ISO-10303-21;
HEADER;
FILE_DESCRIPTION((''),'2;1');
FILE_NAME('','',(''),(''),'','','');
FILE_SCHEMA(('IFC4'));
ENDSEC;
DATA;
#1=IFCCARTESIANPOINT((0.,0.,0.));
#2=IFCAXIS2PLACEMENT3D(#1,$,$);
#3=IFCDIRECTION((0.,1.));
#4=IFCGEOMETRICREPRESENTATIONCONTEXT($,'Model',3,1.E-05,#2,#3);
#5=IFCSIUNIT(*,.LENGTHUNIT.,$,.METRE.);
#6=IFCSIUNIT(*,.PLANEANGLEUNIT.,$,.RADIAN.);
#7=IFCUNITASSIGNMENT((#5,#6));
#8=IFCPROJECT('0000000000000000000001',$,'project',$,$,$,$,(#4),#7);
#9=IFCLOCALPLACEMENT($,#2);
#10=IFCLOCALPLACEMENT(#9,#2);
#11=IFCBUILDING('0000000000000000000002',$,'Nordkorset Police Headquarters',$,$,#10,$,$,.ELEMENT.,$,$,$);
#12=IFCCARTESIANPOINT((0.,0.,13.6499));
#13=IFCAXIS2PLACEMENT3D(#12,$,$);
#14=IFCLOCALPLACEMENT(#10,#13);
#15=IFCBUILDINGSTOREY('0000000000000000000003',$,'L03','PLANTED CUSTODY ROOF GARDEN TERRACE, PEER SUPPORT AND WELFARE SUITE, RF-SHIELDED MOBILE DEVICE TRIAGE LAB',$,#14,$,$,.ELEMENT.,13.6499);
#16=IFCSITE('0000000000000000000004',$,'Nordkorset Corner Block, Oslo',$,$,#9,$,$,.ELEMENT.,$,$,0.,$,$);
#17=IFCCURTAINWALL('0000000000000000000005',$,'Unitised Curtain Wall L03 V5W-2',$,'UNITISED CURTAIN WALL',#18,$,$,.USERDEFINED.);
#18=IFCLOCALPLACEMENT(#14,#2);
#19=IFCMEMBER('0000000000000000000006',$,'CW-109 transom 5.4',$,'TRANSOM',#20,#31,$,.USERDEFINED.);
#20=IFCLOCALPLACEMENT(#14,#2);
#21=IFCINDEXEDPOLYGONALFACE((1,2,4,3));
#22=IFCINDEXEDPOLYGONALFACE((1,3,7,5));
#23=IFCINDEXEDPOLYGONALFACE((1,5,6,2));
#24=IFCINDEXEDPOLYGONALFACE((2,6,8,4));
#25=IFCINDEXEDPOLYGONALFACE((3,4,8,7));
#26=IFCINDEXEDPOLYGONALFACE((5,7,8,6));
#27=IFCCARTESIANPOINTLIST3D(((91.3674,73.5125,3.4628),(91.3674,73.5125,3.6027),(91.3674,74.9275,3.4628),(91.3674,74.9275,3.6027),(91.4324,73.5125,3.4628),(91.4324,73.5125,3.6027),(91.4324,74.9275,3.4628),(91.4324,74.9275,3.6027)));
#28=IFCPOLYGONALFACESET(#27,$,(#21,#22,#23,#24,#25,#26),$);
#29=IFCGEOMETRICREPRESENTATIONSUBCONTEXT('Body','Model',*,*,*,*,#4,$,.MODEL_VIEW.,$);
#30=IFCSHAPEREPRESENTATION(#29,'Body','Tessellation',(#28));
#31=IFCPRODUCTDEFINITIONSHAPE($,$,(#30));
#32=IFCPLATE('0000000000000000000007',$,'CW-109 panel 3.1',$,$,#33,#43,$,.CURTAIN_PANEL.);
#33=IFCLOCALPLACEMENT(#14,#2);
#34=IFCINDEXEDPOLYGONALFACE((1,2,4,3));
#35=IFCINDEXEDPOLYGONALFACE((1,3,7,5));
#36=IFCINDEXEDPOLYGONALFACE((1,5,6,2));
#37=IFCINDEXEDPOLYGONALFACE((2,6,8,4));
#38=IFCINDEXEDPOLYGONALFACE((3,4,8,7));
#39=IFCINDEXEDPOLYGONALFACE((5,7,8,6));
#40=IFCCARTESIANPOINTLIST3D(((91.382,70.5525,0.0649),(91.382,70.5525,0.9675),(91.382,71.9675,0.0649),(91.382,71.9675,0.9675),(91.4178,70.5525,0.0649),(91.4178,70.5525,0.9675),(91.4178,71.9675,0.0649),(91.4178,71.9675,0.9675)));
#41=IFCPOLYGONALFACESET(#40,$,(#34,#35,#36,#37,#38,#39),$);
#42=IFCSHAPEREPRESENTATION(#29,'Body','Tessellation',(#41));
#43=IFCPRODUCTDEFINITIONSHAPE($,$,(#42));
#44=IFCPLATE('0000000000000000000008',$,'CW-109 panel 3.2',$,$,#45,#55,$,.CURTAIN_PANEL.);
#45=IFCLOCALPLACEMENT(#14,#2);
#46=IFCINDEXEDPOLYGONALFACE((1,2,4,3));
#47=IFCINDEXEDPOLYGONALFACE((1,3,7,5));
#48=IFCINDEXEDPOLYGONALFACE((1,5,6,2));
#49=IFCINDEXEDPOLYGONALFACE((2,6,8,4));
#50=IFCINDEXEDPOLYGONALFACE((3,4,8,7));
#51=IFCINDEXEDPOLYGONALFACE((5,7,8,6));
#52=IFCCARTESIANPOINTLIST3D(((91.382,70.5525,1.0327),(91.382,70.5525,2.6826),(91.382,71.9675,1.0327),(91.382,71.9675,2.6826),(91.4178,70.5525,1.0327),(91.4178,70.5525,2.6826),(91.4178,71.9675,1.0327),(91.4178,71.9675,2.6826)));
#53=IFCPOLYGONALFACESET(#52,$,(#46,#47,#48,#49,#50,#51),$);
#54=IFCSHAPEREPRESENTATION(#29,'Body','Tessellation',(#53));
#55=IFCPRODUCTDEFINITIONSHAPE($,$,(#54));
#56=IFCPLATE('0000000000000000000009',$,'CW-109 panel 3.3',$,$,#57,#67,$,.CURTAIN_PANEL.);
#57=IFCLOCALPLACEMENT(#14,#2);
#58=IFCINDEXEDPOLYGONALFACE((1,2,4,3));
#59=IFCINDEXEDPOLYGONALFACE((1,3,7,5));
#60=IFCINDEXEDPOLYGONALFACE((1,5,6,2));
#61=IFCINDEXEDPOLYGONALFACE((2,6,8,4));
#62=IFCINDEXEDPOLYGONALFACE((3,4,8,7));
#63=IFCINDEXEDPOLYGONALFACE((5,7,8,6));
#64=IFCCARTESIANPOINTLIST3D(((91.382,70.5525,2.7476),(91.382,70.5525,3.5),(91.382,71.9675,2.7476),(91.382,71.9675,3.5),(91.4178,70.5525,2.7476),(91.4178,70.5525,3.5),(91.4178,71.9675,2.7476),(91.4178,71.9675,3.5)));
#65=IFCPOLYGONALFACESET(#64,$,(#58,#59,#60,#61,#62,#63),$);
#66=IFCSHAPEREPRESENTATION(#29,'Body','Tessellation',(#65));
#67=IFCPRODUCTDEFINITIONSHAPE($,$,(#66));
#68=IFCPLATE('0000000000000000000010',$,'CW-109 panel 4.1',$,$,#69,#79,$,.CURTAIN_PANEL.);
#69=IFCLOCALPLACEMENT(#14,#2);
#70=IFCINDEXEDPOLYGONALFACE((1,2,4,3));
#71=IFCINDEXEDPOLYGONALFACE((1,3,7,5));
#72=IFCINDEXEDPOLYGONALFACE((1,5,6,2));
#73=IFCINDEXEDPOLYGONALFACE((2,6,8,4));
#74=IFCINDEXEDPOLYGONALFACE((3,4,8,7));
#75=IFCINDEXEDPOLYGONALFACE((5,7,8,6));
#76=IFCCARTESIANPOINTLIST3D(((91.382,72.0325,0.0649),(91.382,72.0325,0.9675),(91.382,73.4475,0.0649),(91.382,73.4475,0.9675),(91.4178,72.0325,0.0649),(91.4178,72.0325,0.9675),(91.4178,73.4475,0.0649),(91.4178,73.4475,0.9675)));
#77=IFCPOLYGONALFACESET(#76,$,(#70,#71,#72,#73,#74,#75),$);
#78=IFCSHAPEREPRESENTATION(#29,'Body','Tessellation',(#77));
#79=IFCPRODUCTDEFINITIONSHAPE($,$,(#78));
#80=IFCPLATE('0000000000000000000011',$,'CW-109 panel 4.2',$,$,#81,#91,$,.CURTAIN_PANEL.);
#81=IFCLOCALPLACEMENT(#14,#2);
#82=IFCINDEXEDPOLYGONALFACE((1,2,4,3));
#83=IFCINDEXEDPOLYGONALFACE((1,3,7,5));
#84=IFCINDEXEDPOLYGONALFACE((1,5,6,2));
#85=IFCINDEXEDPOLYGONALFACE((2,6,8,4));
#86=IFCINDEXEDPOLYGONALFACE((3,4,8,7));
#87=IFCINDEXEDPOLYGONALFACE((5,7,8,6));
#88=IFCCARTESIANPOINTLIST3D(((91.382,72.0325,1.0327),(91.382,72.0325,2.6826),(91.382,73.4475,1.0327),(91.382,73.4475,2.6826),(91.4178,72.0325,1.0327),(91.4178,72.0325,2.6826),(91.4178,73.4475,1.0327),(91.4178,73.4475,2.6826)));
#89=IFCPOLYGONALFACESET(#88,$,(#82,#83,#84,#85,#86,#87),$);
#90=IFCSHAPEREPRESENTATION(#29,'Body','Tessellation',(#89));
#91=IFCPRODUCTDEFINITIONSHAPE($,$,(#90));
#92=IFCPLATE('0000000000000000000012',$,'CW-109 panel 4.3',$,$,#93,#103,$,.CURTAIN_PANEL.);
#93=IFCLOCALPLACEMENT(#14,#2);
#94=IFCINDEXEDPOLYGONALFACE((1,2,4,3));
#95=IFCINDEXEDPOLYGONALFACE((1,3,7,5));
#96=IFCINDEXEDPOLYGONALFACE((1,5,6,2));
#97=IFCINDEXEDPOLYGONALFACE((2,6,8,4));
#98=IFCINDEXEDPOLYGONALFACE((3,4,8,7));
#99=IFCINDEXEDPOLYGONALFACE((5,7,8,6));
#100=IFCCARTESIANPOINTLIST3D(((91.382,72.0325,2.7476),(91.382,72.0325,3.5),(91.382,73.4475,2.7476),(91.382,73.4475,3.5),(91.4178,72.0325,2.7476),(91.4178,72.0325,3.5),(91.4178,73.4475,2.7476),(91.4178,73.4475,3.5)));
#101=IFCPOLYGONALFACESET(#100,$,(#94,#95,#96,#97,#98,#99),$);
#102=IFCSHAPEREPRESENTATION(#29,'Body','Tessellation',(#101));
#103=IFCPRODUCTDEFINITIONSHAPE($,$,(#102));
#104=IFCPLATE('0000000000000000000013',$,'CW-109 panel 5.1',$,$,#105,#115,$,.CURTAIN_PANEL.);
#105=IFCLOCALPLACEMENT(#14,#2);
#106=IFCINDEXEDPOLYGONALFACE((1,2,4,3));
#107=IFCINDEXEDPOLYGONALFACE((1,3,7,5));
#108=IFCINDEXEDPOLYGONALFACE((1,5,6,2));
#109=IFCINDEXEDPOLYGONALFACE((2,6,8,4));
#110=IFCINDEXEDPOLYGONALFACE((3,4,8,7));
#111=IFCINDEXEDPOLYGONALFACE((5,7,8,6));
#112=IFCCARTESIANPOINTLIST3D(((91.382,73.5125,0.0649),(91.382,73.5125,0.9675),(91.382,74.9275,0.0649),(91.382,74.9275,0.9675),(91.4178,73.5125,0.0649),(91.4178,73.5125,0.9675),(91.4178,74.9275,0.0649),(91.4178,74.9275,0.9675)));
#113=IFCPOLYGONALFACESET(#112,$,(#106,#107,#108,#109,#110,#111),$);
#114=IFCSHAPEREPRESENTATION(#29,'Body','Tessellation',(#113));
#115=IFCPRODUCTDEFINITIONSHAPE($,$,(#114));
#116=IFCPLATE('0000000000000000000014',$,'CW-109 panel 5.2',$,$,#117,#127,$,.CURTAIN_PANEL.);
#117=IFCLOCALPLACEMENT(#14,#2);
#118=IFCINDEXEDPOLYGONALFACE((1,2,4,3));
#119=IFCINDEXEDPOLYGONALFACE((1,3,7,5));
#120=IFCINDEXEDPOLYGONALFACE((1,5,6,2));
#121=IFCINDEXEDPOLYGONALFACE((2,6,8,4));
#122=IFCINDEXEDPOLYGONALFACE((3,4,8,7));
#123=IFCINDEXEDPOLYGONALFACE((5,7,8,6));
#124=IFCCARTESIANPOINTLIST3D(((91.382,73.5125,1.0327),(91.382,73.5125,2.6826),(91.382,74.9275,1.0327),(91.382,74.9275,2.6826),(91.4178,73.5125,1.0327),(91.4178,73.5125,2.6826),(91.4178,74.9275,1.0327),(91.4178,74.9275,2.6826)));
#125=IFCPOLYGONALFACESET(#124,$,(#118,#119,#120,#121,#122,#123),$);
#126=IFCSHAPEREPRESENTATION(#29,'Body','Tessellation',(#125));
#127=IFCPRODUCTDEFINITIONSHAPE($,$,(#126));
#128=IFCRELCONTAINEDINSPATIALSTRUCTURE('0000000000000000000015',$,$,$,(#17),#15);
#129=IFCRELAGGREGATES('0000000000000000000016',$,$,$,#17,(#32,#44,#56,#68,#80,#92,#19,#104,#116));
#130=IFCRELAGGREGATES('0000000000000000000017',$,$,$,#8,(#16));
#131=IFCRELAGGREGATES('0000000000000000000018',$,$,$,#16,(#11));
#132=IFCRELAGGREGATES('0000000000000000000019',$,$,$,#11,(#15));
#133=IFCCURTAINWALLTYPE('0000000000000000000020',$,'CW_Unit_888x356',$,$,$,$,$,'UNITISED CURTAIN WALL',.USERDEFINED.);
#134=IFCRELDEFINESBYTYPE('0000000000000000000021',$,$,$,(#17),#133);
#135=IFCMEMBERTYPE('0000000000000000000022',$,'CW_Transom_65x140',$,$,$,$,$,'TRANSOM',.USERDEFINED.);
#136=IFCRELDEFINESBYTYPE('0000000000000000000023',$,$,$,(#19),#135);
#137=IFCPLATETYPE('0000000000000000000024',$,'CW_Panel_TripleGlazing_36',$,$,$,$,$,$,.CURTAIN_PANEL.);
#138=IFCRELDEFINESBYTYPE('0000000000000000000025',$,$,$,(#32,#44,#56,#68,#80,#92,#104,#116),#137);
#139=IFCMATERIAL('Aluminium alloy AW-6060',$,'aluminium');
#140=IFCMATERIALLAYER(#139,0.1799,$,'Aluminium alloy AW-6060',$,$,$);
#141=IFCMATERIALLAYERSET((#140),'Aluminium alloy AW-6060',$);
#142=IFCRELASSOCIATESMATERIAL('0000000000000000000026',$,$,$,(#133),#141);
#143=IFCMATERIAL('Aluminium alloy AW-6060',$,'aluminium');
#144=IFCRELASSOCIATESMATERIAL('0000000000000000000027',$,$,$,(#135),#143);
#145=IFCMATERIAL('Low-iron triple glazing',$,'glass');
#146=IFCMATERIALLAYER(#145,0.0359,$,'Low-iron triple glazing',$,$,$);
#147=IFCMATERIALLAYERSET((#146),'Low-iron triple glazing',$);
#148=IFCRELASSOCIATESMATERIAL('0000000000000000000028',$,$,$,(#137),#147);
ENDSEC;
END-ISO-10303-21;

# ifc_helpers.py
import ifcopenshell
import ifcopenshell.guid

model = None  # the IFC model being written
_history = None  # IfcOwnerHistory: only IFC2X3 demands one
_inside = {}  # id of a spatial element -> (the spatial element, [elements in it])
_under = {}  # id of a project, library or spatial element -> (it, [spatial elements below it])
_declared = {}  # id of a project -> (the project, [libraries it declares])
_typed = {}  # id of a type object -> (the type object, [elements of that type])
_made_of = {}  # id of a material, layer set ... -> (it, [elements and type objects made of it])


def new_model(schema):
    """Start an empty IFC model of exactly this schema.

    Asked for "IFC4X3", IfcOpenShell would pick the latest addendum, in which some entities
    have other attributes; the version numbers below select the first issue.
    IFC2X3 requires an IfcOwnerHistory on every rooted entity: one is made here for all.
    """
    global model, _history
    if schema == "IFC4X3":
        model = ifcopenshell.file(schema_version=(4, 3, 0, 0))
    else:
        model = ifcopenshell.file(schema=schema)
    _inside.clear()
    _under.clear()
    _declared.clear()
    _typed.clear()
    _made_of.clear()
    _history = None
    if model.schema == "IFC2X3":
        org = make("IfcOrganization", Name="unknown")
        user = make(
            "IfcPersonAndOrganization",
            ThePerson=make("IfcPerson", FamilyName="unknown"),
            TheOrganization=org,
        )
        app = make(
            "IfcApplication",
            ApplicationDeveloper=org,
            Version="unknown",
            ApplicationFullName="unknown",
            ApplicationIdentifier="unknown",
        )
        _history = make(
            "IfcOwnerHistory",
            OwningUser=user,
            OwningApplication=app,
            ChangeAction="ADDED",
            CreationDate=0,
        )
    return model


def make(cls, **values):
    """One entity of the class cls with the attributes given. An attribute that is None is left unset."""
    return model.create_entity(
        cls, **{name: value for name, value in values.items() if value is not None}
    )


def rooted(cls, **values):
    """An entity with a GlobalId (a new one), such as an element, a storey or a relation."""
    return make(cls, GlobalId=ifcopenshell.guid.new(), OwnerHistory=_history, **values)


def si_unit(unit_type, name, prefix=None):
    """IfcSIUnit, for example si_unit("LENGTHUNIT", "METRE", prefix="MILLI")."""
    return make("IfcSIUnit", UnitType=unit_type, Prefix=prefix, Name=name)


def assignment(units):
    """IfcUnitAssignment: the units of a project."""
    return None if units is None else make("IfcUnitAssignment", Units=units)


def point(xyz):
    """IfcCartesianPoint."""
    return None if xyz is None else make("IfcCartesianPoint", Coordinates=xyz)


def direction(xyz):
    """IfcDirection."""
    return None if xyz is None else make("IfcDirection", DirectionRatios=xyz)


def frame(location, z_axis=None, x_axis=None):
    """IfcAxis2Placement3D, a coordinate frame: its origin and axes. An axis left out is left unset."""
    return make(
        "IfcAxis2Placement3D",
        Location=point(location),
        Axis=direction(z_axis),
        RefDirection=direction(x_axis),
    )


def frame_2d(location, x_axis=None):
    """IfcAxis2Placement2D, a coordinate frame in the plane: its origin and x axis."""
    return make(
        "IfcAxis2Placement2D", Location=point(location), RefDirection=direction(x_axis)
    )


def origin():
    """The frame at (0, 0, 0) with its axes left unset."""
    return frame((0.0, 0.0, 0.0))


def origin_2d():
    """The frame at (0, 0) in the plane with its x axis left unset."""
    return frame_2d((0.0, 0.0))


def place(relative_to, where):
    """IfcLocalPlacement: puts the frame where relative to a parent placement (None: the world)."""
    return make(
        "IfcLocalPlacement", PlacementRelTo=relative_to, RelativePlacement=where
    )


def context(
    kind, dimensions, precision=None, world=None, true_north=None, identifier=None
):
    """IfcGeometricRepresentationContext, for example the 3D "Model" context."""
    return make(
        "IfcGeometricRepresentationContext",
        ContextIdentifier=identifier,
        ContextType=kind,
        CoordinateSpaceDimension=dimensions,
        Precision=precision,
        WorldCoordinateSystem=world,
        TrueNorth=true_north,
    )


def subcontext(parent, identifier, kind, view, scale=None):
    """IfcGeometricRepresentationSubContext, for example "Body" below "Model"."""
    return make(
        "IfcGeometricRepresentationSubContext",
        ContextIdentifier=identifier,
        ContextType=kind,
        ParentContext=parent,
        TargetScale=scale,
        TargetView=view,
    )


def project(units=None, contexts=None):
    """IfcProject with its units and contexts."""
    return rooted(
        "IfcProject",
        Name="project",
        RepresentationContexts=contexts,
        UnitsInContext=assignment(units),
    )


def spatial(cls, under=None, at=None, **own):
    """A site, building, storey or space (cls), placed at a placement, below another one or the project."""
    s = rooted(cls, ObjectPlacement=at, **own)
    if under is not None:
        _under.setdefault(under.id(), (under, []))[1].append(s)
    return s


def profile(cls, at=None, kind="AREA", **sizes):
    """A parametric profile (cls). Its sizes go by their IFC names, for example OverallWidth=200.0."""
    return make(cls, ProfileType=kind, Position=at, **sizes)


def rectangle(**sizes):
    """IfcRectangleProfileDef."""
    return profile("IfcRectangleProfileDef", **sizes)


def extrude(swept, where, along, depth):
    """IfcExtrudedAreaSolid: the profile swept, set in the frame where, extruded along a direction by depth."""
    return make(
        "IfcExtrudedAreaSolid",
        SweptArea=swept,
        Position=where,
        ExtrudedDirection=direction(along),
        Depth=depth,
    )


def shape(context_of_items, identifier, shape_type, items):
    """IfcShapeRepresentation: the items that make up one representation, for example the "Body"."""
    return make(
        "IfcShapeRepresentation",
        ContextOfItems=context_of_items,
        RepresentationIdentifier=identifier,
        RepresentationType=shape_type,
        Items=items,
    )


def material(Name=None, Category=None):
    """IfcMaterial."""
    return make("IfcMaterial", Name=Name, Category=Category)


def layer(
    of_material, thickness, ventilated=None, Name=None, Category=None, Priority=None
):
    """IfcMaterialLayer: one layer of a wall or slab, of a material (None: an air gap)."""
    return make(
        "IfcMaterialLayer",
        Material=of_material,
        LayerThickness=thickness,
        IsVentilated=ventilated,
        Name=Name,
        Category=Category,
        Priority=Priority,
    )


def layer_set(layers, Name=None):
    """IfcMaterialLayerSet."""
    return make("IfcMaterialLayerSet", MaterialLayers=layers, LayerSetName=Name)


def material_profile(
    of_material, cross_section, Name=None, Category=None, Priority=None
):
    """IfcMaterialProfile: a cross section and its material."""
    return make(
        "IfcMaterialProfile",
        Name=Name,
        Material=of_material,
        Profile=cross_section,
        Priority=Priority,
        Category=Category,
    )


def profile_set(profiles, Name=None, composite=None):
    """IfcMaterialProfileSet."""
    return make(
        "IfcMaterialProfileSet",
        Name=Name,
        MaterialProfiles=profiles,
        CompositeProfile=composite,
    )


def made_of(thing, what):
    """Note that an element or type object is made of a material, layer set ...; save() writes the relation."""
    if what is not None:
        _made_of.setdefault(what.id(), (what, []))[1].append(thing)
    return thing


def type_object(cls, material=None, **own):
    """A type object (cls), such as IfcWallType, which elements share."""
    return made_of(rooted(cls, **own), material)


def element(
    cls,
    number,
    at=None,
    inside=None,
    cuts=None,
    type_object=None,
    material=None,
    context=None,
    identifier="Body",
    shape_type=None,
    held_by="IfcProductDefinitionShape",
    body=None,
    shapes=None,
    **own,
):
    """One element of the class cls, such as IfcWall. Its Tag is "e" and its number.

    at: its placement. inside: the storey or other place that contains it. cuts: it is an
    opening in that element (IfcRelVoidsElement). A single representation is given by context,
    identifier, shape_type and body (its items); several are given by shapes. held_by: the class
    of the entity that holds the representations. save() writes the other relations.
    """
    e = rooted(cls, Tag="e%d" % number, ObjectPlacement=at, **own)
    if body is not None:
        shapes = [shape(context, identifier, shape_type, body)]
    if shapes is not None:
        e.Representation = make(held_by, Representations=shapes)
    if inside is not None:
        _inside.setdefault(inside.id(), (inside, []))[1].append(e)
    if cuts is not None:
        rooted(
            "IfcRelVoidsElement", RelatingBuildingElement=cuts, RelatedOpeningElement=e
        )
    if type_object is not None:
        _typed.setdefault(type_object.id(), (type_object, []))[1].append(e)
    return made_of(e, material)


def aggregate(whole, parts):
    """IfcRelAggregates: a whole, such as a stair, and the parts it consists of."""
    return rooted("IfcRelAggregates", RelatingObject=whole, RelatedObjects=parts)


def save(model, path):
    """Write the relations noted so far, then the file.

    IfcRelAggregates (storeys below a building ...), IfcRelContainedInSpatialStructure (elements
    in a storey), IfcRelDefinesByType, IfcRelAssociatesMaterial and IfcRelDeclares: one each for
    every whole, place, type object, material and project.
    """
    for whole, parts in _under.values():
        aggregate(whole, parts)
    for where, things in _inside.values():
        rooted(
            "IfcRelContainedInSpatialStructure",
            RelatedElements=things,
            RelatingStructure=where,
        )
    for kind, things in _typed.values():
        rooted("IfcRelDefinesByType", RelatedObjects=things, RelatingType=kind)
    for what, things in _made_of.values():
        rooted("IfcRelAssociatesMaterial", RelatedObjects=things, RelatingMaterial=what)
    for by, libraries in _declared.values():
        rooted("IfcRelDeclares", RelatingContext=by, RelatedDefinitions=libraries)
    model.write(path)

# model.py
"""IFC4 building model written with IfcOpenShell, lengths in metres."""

from ifc_helpers import new_model, si_unit, direction, frame, origin, origin_2d, place, context, subcontext, project, spatial, rectangle, extrude, material, layer, layer_set, material_profile, profile_set, type_object, element, aggregate, save


model = new_model("IFC4")

# Units and contexts
model_context = context("Model", 3, precision=1e-05, world=origin(), true_north=direction((0.0, 1.0)))
body_context = subcontext(model_context, "Body", "Model", "MODEL_VIEW")
ifc_project = project(units=[si_unit("LENGTHUNIT", "METRE"), si_unit("PLANEANGLEUNIT", "RADIAN")], contexts=[model_context])

# Site, building, storey
site_placement = place(None, origin())
site = spatial("IfcSite", under=ifc_project, at=site_placement, Name="Nordkorset Corner Block, Oslo", CompositionType="ELEMENT", RefElevation=0.0)
building_placement = place(site_placement, origin())
building = spatial("IfcBuilding", under=site, at=building_placement, Name="Nordkorset Police Headquarters", CompositionType="ELEMENT")
storey_placement = place(building_placement, frame((0.0, 0.0, 13.6499)))
storey = spatial("IfcBuildingStorey", under=building, at=storey_placement, Name="L03", Description="PLANTED CUSTODY ROOF GARDEN TERRACE, PEER SUPPORT AND WELFARE SUITE, RF-SHIELDED MOBILE DEVICE TRIAGE LAB", CompositionType="ELEMENT", Elevation=13.6499)

# Curtain wall, member, plates
ifc_material_1 = material(Name="Aluminium alloy AW-6060", Category="aluminium")
ifc_layer_1 = layer(ifc_material_1, 0.1799, Name="Aluminium alloy AW-6060")
ifc_layer_set_1 = layer_set([ifc_layer_1], Name="Aluminium alloy AW-6060")
curtain_wall_type = type_object("IfcCurtainWallType", Name="CW_Unit_888x356", ElementType="UNITISED CURTAIN WALL", PredefinedType="USERDEFINED", material=ifc_layer_set_1)
curtain_wall_placement = place(storey_placement, origin())
curtain_wall = element("IfcCurtainWall", 1, at=curtain_wall_placement, inside=storey, type_object=curtain_wall_type, Name="Unitised Curtain Wall L03 V5W-2", ObjectType="UNITISED CURTAIN WALL", PredefinedType="USERDEFINED")
ifc_material_2 = material(Name="Aluminium alloy AW-6060", Category="aluminium")
ifc_material_profile_1 = material_profile(ifc_material_2, rectangle(XDim=0.0649, YDim=0.1399, at=origin_2d()), Name="ALU TRAN 65x140")
ifc_profile_set_1 = profile_set([ifc_material_profile_1], Name="Aluminium alloy AW-6060")
member_type_1 = type_object("IfcMemberType", Name="CW_Transom_65x140", ElementType="TRANSOM", PredefinedType="USERDEFINED", material=ifc_profile_set_1)
member_1_placement = place(storey_placement, frame((91.3999, 73.5125, 3.5327), z_axis=(0.0, 1.0, 0.0), x_axis=(-1.0, 0.0, 0.0)))
member_1 = element("IfcMember", 2, at=member_1_placement, type_object=member_type_1, Name="CW-109 transom 5.4", ObjectType="TRANSOM", PredefinedType="USERDEFINED", context=body_context, shape_type="SweptSolid", body=[
    extrude(rectangle(XDim=0.0649, YDim=0.1399, at=origin_2d()), origin(), (0.0, 0.0, 1.0), 1.415),
])
ifc_material_3 = material(Name="Low-iron triple glazing", Category="glass")
ifc_layer_2 = layer(ifc_material_3, 0.0359, Name="Low-iron triple glazing")
ifc_layer_set_2 = layer_set([ifc_layer_2], Name="Low-iron triple glazing")
plate_type = type_object("IfcPlateType", Name="CW_Panel_TripleGlazing_36", PredefinedType="CURTAIN_PANEL", material=ifc_layer_set_2)
plate_1_placement = place(storey_placement, frame((91.3999, 71.26, 0.0649), z_axis=(0.0, 0.0, 1.0), x_axis=(0.0, 1.0, 0.0)))
plate_1 = element("IfcPlate", 3, at=plate_1_placement, type_object=plate_type, Name="CW-109 panel 3.1", PredefinedType="CURTAIN_PANEL", context=body_context, shape_type="SweptSolid", body=[
    extrude(rectangle(XDim=1.415, YDim=0.0359, at=origin_2d()), origin(), (0.0, 0.0, 1.0), 0.9026),
])
plate_2_placement = place(storey_placement, frame((91.3999, 71.26, 1.0327), z_axis=(0.0, 0.0, 1.0), x_axis=(0.0, 1.0, 0.0)))
plate_2 = element("IfcPlate", 4, at=plate_2_placement, type_object=plate_type, Name="CW-109 panel 3.2", PredefinedType="CURTAIN_PANEL", context=body_context, shape_type="SweptSolid", body=[
    extrude(rectangle(XDim=1.415, YDim=0.0359, at=origin_2d()), origin(), (0.0, 0.0, 1.0), 1.6499),
])
plate_3_placement = place(storey_placement, frame((91.3999, 71.26, 2.7476), z_axis=(0.0, 0.0, 1.0), x_axis=(0.0, 1.0, 0.0)))
plate_3 = element("IfcPlate", 5, at=plate_3_placement, type_object=plate_type, Name="CW-109 panel 3.3", PredefinedType="CURTAIN_PANEL", context=body_context, shape_type="SweptSolid", body=[
    extrude(rectangle(XDim=1.415, YDim=0.0359, at=origin_2d()), origin(), (0.0, 0.0, 1.0), 0.7524),
])
plate_4_placement = place(storey_placement, frame((91.3999, 72.74, 0.0649), z_axis=(0.0, 0.0, 1.0), x_axis=(0.0, 1.0, 0.0)))
plate_4 = element("IfcPlate", 6, at=plate_4_placement, type_object=plate_type, Name="CW-109 panel 4.1", PredefinedType="CURTAIN_PANEL", context=body_context, shape_type="SweptSolid", body=[
    extrude(rectangle(XDim=1.415, YDim=0.0359, at=origin_2d()), origin(), (0.0, 0.0, 1.0), 0.9026),
])
plate_5_placement = place(storey_placement, frame((91.3999, 72.74, 1.0327), z_axis=(0.0, 0.0, 1.0), x_axis=(0.0, 1.0, 0.0)))
plate_5 = element("IfcPlate", 7, at=plate_5_placement, type_object=plate_type, Name="CW-109 panel 4.2", PredefinedType="CURTAIN_PANEL", context=body_context, shape_type="SweptSolid", body=[
    extrude(rectangle(XDim=1.415, YDim=0.0359, at=origin_2d()), origin(), (0.0, 0.0, 1.0), 1.6499),
])
plate_6_placement = place(storey_placement, frame((91.3999, 72.74, 2.7476), z_axis=(0.0, 0.0, 1.0), x_axis=(0.0, 1.0, 0.0)))
plate_6 = element("IfcPlate", 8, at=plate_6_placement, type_object=plate_type, Name="CW-109 panel 4.3", PredefinedType="CURTAIN_PANEL", context=body_context, shape_type="SweptSolid", body=[
    extrude(rectangle(XDim=1.415, YDim=0.0359, at=origin_2d()), origin(), (0.0, 0.0, 1.0), 0.7524),
])
plate_7_placement = place(storey_placement, frame((91.3999, 74.22, 0.0649), z_axis=(0.0, 0.0, 1.0), x_axis=(0.0, 1.0, 0.0)))
plate_7 = element("IfcPlate", 9, at=plate_7_placement, type_object=plate_type, Name="CW-109 panel 5.1", PredefinedType="CURTAIN_PANEL", context=body_context, shape_type="SweptSolid", body=[
    extrude(rectangle(XDim=1.415, YDim=0.0359, at=origin_2d()), origin(), (0.0, 0.0, 1.0), 0.9026),
])
plate_8_placement = place(storey_placement, frame((91.3999, 74.22, 1.0327), z_axis=(0.0, 0.0, 1.0), x_axis=(0.0, 1.0, 0.0)))
plate_8 = element("IfcPlate", 10, at=plate_8_placement, type_object=plate_type, Name="CW-109 panel 5.2", PredefinedType="CURTAIN_PANEL", context=body_context, shape_type="SweptSolid", body=[
    extrude(rectangle(XDim=1.415, YDim=0.0359, at=origin_2d()), origin(), (0.0, 0.0, 1.0), 1.6499),
])
aggregate(curtain_wall, [plate_1, plate_2, plate_3, plate_4, plate_5, plate_6, member_1, plate_7, plate_8])

save(model, "model.ifc")
